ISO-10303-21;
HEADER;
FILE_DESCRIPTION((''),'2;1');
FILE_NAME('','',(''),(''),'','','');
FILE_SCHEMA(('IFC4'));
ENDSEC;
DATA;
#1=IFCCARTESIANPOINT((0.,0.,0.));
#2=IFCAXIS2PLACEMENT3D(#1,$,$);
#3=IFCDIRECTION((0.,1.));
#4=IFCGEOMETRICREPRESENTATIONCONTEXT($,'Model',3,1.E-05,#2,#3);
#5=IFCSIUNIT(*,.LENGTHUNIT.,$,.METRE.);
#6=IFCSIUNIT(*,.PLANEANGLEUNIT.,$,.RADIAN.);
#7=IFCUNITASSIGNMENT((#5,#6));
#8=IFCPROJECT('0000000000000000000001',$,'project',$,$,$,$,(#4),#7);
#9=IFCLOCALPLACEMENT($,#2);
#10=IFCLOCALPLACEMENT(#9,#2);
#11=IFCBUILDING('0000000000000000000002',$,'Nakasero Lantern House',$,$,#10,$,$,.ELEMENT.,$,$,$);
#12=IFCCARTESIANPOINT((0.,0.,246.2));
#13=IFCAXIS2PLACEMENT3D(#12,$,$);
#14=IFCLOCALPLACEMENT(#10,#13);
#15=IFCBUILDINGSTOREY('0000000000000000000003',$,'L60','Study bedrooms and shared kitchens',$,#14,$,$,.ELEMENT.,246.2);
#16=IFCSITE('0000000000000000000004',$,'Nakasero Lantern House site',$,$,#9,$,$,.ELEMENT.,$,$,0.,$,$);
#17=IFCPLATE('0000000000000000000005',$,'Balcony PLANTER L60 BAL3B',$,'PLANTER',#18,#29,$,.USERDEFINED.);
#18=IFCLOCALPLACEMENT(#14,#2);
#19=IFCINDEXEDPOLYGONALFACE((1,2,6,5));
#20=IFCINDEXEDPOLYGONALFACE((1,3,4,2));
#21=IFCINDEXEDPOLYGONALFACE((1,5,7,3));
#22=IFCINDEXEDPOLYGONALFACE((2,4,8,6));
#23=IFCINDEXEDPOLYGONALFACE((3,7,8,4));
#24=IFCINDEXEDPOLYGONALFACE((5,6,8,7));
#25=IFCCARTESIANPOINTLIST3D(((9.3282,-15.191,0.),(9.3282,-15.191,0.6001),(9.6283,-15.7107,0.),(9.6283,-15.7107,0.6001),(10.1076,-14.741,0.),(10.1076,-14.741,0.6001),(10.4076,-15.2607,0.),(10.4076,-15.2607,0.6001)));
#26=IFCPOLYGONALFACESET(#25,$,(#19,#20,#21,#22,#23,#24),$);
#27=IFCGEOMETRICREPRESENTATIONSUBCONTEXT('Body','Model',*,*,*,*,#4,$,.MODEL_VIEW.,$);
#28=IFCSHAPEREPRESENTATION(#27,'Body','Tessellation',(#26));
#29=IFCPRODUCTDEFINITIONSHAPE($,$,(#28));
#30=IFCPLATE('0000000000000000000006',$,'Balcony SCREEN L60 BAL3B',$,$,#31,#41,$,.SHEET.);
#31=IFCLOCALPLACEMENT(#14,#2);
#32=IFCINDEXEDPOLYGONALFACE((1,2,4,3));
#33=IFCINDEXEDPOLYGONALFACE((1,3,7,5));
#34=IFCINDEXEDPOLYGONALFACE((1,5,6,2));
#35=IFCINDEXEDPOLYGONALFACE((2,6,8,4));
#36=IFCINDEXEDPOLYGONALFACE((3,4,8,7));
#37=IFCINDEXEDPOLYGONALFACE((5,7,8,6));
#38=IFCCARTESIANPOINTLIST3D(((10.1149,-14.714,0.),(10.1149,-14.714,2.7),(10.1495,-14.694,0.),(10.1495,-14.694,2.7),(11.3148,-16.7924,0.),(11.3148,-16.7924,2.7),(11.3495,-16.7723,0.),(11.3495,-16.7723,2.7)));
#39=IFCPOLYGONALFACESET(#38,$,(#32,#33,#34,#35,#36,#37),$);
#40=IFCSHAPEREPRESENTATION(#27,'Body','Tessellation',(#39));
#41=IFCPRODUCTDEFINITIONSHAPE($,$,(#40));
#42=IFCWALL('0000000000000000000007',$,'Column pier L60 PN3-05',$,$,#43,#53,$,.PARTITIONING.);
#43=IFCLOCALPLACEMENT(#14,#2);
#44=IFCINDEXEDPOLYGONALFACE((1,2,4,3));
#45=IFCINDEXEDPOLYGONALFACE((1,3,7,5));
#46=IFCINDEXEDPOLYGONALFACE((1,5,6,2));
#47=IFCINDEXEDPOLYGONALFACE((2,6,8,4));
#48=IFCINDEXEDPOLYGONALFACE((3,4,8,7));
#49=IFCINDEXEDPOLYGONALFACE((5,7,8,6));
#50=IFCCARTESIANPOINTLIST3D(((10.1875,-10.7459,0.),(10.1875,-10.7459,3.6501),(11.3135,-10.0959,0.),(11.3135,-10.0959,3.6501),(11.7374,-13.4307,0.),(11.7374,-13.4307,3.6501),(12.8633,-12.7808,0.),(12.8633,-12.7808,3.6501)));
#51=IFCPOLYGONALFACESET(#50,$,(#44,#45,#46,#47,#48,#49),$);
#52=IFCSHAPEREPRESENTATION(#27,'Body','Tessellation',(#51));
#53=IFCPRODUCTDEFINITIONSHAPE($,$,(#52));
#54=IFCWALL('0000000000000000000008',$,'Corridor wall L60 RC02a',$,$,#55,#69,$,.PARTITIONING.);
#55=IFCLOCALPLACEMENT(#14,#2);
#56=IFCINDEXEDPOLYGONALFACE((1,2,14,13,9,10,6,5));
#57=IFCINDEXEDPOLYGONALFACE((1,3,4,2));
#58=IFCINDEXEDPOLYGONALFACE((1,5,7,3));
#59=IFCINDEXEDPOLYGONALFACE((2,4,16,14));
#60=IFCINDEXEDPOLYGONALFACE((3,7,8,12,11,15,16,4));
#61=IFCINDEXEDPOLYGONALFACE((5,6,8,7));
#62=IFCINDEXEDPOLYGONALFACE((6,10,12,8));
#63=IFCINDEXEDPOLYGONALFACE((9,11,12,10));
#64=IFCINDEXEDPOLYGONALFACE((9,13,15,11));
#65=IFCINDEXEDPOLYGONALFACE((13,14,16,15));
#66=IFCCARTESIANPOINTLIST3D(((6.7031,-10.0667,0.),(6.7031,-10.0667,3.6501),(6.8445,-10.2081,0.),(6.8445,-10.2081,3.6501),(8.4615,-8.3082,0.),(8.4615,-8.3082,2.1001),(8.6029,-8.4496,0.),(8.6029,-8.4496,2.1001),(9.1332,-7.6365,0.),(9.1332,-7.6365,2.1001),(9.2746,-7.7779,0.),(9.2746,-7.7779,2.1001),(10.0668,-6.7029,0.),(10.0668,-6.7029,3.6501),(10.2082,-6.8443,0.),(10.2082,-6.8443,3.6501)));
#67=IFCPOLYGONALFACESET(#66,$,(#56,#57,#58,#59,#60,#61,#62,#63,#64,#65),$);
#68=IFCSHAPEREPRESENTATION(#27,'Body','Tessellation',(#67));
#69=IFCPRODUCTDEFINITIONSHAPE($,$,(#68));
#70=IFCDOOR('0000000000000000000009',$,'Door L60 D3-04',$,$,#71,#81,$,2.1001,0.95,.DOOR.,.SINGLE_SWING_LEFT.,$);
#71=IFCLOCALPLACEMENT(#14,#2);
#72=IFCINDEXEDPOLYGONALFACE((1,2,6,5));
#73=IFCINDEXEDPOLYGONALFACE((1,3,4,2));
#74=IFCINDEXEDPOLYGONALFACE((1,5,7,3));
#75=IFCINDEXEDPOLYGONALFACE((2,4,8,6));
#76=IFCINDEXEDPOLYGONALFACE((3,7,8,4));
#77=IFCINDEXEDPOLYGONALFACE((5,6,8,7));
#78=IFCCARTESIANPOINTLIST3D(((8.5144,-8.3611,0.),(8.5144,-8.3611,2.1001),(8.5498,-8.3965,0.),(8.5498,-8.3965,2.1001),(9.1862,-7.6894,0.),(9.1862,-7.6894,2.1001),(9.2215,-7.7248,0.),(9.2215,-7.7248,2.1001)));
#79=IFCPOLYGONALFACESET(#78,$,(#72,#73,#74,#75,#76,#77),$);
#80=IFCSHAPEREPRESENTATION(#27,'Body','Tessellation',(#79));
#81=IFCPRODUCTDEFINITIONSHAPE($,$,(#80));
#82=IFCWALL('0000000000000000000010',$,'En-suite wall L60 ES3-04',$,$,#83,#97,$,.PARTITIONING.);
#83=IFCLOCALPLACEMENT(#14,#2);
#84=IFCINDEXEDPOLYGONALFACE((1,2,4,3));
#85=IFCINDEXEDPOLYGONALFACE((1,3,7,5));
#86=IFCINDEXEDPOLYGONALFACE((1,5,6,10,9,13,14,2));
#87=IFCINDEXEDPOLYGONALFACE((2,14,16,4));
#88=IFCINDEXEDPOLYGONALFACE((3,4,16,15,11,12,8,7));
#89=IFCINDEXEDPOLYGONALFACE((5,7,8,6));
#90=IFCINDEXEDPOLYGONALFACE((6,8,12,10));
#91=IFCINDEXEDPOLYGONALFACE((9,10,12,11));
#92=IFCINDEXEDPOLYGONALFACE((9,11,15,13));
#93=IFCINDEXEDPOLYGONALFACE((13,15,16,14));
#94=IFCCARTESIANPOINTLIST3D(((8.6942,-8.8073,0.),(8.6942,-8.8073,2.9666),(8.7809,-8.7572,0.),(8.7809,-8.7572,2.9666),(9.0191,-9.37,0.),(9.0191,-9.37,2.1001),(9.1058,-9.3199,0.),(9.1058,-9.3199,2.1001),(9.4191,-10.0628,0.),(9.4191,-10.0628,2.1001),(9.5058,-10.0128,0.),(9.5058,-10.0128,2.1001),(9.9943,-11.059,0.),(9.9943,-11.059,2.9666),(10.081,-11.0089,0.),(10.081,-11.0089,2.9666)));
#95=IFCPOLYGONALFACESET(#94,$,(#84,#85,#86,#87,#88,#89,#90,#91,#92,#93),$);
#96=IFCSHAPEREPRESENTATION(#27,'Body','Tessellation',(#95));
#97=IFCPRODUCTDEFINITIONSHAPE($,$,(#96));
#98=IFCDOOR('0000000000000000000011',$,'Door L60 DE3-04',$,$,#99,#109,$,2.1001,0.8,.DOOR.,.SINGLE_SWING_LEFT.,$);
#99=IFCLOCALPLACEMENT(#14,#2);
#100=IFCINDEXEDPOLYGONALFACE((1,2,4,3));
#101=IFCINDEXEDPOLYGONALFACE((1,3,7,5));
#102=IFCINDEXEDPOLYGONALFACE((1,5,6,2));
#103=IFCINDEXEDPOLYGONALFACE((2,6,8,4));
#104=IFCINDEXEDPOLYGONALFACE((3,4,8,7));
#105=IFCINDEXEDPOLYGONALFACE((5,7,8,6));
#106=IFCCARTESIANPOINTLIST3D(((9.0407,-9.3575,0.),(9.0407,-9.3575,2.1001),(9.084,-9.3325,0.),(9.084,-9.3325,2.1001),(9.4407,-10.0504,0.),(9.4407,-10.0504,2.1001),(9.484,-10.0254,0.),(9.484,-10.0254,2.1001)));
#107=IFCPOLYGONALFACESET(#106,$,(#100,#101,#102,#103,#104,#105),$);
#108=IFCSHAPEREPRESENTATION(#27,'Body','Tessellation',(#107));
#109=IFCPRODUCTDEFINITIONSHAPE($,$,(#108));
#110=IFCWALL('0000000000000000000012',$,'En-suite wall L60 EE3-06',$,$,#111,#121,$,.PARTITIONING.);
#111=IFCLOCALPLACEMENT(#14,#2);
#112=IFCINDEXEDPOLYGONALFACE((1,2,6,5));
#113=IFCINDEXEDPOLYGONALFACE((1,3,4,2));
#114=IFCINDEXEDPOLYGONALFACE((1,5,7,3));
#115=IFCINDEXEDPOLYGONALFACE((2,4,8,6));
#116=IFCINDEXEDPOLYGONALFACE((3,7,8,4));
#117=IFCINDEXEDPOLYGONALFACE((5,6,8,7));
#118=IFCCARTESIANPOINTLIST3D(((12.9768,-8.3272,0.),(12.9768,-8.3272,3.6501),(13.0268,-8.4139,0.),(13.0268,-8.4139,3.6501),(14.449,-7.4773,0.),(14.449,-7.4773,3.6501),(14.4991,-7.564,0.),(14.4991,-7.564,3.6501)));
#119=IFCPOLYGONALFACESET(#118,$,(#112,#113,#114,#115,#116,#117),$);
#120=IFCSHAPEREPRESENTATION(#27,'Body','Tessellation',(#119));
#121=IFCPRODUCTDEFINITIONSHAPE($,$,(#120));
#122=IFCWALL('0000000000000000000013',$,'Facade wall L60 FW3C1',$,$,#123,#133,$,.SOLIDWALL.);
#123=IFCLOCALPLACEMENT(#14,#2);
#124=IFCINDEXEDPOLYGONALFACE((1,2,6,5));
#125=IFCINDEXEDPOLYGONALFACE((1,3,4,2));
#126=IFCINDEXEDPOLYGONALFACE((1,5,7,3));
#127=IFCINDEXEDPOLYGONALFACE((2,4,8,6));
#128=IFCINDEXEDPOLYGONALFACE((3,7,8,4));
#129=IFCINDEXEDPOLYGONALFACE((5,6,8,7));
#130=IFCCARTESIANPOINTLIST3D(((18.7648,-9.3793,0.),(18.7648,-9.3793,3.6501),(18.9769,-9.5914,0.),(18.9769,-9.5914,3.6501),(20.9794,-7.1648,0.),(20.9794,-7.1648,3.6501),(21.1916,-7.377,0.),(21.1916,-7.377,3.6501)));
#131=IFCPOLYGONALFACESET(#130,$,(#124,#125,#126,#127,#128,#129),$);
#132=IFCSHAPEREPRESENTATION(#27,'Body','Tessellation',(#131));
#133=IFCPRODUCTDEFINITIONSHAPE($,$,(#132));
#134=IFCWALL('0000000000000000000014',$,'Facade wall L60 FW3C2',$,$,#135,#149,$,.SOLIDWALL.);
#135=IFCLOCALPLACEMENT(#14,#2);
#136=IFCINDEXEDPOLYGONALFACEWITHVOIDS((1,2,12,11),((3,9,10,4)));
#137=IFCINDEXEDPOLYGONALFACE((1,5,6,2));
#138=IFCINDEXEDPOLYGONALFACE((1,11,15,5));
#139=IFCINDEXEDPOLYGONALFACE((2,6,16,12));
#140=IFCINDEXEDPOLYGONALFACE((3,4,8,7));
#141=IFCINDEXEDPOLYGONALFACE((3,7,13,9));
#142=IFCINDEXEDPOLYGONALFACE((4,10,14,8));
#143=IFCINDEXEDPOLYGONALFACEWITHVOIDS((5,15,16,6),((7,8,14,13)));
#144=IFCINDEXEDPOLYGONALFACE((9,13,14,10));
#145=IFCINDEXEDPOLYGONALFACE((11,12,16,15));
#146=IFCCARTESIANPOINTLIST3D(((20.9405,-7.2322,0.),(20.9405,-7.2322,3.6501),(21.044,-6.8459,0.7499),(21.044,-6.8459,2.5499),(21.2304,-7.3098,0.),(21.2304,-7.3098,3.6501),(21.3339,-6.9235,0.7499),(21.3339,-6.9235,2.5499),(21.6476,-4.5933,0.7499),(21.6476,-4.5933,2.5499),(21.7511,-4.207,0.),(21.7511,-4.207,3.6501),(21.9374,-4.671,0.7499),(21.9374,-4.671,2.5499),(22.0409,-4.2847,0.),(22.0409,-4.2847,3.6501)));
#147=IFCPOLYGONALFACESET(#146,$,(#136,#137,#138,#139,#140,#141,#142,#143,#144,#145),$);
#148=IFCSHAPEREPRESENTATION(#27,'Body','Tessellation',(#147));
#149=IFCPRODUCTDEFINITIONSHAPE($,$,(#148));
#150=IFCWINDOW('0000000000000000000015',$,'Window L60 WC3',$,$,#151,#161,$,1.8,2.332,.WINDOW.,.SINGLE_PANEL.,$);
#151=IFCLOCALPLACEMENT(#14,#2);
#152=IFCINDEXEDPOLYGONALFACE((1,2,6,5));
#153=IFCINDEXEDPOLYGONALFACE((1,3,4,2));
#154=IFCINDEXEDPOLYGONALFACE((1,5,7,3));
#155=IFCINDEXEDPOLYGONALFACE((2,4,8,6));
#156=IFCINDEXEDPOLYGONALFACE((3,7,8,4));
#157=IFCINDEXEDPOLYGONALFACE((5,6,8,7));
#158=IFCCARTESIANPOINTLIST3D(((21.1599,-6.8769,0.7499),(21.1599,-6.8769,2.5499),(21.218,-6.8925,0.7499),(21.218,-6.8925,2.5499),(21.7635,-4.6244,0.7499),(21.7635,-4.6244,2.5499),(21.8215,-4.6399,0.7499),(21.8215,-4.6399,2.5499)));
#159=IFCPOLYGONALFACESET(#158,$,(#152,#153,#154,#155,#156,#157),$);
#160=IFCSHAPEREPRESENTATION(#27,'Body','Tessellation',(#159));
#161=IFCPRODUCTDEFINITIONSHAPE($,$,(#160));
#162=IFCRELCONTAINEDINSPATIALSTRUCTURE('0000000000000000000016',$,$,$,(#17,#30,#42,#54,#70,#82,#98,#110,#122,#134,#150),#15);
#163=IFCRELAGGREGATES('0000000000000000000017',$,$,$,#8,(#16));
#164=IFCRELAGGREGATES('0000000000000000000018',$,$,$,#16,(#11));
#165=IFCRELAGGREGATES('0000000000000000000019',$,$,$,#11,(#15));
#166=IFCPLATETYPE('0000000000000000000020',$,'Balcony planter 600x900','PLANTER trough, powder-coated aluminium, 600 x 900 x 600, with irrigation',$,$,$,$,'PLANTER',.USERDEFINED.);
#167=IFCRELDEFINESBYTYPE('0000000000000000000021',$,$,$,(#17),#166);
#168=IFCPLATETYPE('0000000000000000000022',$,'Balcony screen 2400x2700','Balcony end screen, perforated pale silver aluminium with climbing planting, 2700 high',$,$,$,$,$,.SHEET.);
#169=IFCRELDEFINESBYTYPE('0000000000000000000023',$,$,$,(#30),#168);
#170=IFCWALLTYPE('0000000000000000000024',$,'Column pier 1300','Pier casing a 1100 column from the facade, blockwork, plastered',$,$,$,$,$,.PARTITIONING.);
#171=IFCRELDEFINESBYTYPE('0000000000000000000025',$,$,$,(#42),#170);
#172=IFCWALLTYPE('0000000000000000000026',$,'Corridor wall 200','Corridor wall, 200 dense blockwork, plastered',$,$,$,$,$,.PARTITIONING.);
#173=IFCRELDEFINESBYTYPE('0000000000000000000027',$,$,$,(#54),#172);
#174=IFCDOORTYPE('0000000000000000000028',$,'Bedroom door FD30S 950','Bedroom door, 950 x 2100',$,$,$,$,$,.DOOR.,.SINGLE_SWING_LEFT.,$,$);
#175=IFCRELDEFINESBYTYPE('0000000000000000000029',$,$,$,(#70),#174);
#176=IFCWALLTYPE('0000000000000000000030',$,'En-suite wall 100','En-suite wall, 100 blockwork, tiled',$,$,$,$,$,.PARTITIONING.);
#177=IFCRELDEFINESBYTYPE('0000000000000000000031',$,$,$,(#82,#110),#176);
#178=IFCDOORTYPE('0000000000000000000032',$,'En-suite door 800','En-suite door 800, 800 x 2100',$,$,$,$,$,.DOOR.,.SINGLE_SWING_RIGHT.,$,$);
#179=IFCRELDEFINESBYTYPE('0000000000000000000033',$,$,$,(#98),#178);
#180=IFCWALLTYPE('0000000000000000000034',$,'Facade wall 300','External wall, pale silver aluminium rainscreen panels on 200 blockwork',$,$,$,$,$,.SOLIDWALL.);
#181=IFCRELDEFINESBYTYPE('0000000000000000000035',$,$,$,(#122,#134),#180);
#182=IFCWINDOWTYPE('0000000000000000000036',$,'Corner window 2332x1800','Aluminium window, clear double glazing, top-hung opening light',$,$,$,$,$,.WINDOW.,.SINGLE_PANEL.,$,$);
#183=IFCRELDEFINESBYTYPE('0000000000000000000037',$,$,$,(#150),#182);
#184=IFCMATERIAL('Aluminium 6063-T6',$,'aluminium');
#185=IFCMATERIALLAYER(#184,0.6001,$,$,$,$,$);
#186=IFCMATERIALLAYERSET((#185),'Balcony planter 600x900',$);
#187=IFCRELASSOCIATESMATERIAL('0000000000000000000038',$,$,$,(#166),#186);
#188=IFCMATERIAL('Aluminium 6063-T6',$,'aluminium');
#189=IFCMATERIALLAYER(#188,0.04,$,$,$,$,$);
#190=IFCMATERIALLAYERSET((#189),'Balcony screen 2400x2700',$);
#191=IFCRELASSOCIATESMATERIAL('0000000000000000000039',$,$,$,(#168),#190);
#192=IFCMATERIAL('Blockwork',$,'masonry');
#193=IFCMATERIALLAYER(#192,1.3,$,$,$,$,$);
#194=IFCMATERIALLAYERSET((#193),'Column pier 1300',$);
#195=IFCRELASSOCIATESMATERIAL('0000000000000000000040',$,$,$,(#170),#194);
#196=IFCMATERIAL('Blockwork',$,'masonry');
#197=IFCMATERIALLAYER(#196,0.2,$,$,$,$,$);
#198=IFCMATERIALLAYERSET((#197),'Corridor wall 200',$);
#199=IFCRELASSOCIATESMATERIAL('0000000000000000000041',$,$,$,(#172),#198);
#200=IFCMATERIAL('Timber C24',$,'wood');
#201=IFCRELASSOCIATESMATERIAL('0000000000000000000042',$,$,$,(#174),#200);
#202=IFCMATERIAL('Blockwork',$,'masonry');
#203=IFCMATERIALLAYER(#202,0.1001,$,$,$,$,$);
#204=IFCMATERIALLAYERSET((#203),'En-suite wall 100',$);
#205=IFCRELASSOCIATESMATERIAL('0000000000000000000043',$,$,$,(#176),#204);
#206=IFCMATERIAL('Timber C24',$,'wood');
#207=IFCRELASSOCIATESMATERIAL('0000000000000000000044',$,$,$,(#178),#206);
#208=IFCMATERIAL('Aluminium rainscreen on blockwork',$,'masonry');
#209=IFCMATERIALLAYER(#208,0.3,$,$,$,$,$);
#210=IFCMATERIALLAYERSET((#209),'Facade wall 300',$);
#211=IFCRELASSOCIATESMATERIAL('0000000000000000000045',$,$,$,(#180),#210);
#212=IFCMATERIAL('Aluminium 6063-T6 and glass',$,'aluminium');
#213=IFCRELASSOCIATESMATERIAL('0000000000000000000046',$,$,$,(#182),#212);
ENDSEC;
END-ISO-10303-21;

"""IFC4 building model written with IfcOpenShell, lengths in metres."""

from ifc_helpers import new_model, si_unit, direction, frame, frame_2d, origin, origin_2d, place, context, subcontext, project, spatial, rectangle, extrude, material, layer, layer_set, type_object, element, fill, save


model = new_model("IFC4")

# Units and contexts
model_context = context("Model", 3, precision=1e-05, world=origin(), true_north=direction((0.0, 1.0)))
body_context = subcontext(model_context, "Body", "Model", "MODEL_VIEW")
ifc_project = project(units=[si_unit("LENGTHUNIT", "METRE"), si_unit("PLANEANGLEUNIT", "RADIAN")], contexts=[model_context])

# Site, building, storey
site_placement = place(None, origin())
site = spatial("IfcSite", under=ifc_project, at=site_placement, Name="Nakasero Lantern House site", CompositionType="ELEMENT", RefElevation=0.0)
building_placement = place(site_placement, origin())
building = spatial("IfcBuilding", under=site, at=building_placement, Name="Nakasero Lantern House", CompositionType="ELEMENT")
storey_placement = place(building_placement, frame((0.0, 0.0, 246.2)))
storey = spatial("IfcBuildingStorey", under=building, at=storey_placement, Name="L60", Description="Study bedrooms and shared kitchens", CompositionType="ELEMENT", Elevation=246.2)

# Plates
ifc_material_1 = material(Name="Aluminium 6063-T6", Category="aluminium")
ifc_layer_1 = layer(ifc_material_1, 0.6001)
ifc_layer_set_1 = layer_set([ifc_layer_1], Name="Balcony planter 600x900")
plate_type_1 = type_object("IfcPlateType", Name="Balcony planter 600x900", Description="PLANTER trough, powder-coated aluminium, 600 x 900 x 600, with irrigation", ElementType="PLANTER", PredefinedType="USERDEFINED", material=ifc_layer_set_1)
plate_1_placement = place(storey_placement, frame((9.8679, -15.2258, 0.0), z_axis=(0.0, 0.0, 1.0), x_axis=(0.5, -0.866025, 0.0)))
element("IfcPlate", 1, at=plate_1_placement, inside=storey, type_object=plate_type_1, Name="Balcony PLANTER L60 BAL3B", ObjectType="PLANTER", PredefinedType="USERDEFINED", context=body_context, shape_type="SweptSolid", body=[
    extrude(rectangle(XDim=0.6001, YDim=0.8999, at=origin_2d()), origin(), (0.0, 0.0, 1.0), 0.6001),
])
ifc_material_2 = material(Name="Aluminium 6063-T6", Category="aluminium")
ifc_layer_2 = layer(ifc_material_2, 0.04)
ifc_layer_set_2 = layer_set([ifc_layer_2], Name="Balcony screen 2400x2700")
plate_type_2 = type_object("IfcPlateType", Name="Balcony screen 2400x2700", Description="Balcony end screen, perforated pale silver aluminium with climbing planting, 2700 high", PredefinedType="SHEET", material=ifc_layer_set_2)
plate_2_placement = place(storey_placement, frame((10.7322, -15.7432, 0.0), z_axis=(0.0, 0.0, 1.0), x_axis=(0.5, -0.866025, 0.0)))
element("IfcPlate", 2, at=plate_2_placement, inside=storey, type_object=plate_type_2, Name="Balcony SCREEN L60 BAL3B", PredefinedType="SHEET", context=body_context, shape_type="SweptSolid", body=[
    extrude(rectangle(XDim=2.3999, YDim=0.04, at=origin_2d()), origin(), (0.0, 0.0, 1.0), 2.7),
])

# Wall
ifc_material_3 = material(Name="Blockwork", Category="masonry")
ifc_layer_3 = layer(ifc_material_3, 1.3)
ifc_layer_set_3 = layer_set([ifc_layer_3], Name="Column pier 1300")
wall_type_1 = type_object("IfcWallType", Name="Column pier 1300", Description="Pier casing a 1100 column from the facade, blockwork, plastered", PredefinedType="PARTITIONING", material=ifc_layer_set_3)
wall_1_placement = place(storey_placement, frame((10.7505, -10.4209, 0.0), z_axis=(0.0, 0.0, 1.0), x_axis=(0.499934, -0.866064, 0.0)))
element("IfcWall", 3, at=wall_1_placement, inside=storey, type_object=wall_type_1, Name="Column pier L60 PN3-05", PredefinedType="PARTITIONING", context=body_context, shape_type="SweptSolid", body=[
    extrude(rectangle(XDim=3.1001, YDim=1.3, at=frame_2d((1.55, 0.0))), origin(), (0.0, 0.0, 1.0), 3.6501),
])

# Walls, openings, doors
ifc_material_4 = material(Name="Blockwork", Category="masonry")
ifc_layer_4 = layer(ifc_material_4, 0.2)
ifc_layer_set_4 = layer_set([ifc_layer_4], Name="Corridor wall 200")
wall_type_2 = type_object("IfcWallType", Name="Corridor wall 200", Description="Corridor wall, 200 dense blockwork, plastered", PredefinedType="PARTITIONING", material=ifc_layer_set_4)
wall_2_placement = place(storey_placement, frame((10.1375, -6.7737, 0.0), z_axis=(0.0, 0.0, 1.0), x_axis=(-0.707107, -0.707107, 0.0)))
wall_2 = element("IfcWall", 4, at=wall_2_placement, inside=storey, type_object=wall_type_2, Name="Corridor wall L60 RC02a", PredefinedType="PARTITIONING", context=body_context, shape_type="SweptSolid", body=[
    extrude(rectangle(XDim=4.7571, YDim=0.2, at=frame_2d((2.3784, 0.0))), origin(), (0.0, 0.0, 1.0), 3.6501),
])
opening_1_placement = place(wall_2_placement, frame((1.3201, 0.0, 0.0)))
opening_1 = element("IfcOpeningElement", 5, at=opening_1_placement, cuts=wall_2, PredefinedType="OPENING", context=body_context, shape_type="SweptSolid", body=[
    extrude(rectangle(XDim=0.95, YDim=2.1001, at=frame_2d((0.4751, 1.05))), frame((0.0, 0.1199, 0.0), z_axis=(0.0, -1.0, 0.0), x_axis=(1.0, 0.0, 0.0)), (0.0, 0.0, 1.0), 0.24),
])
ifc_material_5 = material(Name="Timber C24", Category="wood")
door_type_1 = type_object("IfcDoorType", Name="Bedroom door FD30S 950", Description="Bedroom door, 950 x 2100", OperationType="SINGLE_SWING_LEFT", PredefinedType="DOOR", material=ifc_material_5)
door_1_placement = place(opening_1_placement, origin())
door_1 = element("IfcDoor", 6, at=door_1_placement, inside=storey, type_object=door_type_1, Name="Door L60 D3-04", OperationType="SINGLE_SWING_LEFT", OverallHeight=2.1001, OverallWidth=0.95, PredefinedType="DOOR", context=body_context, shape_type="SweptSolid", body=[
    extrude(rectangle(XDim=0.95, YDim=2.1001, at=frame_2d((0.4751, 1.05))), frame((0.0, 0.0249, 0.0), z_axis=(0.0, -1.0, 0.0), x_axis=(1.0, 0.0, 0.0)), (0.0, 0.0, 1.0), 0.05),
])
fill(opening_1, door_1)
ifc_material_6 = material(Name="Blockwork", Category="masonry")
ifc_layer_5 = layer(ifc_material_6, 0.1001)
ifc_layer_set_5 = layer_set([ifc_layer_5], Name="En-suite wall 100")
wall_type_3 = type_object("IfcWallType", Name="En-suite wall 100", Description="En-suite wall, 100 blockwork, tiled", PredefinedType="PARTITIONING", material=ifc_layer_set_5)
wall_3_placement = place(storey_placement, frame((8.7375, -8.7822, 0.0), z_axis=(0.0, 0.0, 1.0), x_axis=(0.500007, -0.866021, 0.0)))
wall_3 = element("IfcWall", 7, at=wall_3_placement, inside=storey, type_object=wall_type_3, Name="En-suite wall L60 ES3-04", PredefinedType="PARTITIONING", context=body_context, shape_type="SweptSolid", body=[
    extrude(rectangle(XDim=2.6001, YDim=0.1001, at=frame_2d((1.3, 0.0))), origin(), (0.0, 0.0, 1.0), 2.9666),
])
opening_2_placement = place(wall_3_placement, frame((0.6499, 0.0, 0.0)))
opening_2 = element("IfcOpeningElement", 8, at=opening_2_placement, cuts=wall_3, PredefinedType="OPENING", context=body_context, shape_type="SweptSolid", body=[
    extrude(rectangle(XDim=0.8, YDim=2.1001, at=frame_2d((0.3999, 1.05))), frame((0.0, 0.0701, 0.0), z_axis=(0.0, -1.0, 0.0), x_axis=(1.0, 0.0, 0.0)), (0.0, 0.0, 1.0), 0.1401),
])
ifc_material_7 = material(Name="Timber C24", Category="wood")
door_type_2 = type_object("IfcDoorType", Name="En-suite door 800", Description="En-suite door 800, 800 x 2100", OperationType="SINGLE_SWING_RIGHT", PredefinedType="DOOR", material=ifc_material_7)
door_2_placement = place(opening_2_placement, origin())
door_2 = element("IfcDoor", 9, at=door_2_placement, inside=storey, type_object=door_type_2, Name="Door L60 DE3-04", OperationType="SINGLE_SWING_LEFT", OverallHeight=2.1001, OverallWidth=0.8, PredefinedType="DOOR", context=body_context, shape_type="SweptSolid", body=[
    extrude(rectangle(XDim=0.8, YDim=2.1001, at=frame_2d((0.3999, 1.05))), frame((0.0, 0.0249, 0.0), z_axis=(0.0, -1.0, 0.0), x_axis=(1.0, 0.0, 0.0)), (0.0, 0.0, 1.0), 0.05),
])
fill(opening_2, door_2)

# Walls
wall_4_placement = place(storey_placement, frame((13.0017, -8.3706, 0.0), z_axis=(0.0, 0.0, 1.0), x_axis=(0.866052, 0.499955, 0.0)))
element("IfcWall", 10, at=wall_4_placement, inside=storey, type_object=wall_type_3, Name="En-suite wall L60 EE3-06", PredefinedType="PARTITIONING", context=body_context, shape_type="SweptSolid", body=[
    extrude(rectangle(XDim=1.7, YDim=0.1001, at=frame_2d((0.8501, 0.0))), origin(), (0.0, 0.0, 1.0), 3.6501),
])
ifc_material_8 = material(Name="Aluminium rainscreen on blockwork", Category="masonry")
ifc_layer_6 = layer(ifc_material_8, 0.3)
ifc_layer_set_6 = layer_set([ifc_layer_6], Name="Facade wall 300")
wall_type_4 = type_object("IfcWallType", Name="Facade wall 300", Description="External wall, pale silver aluminium rainscreen panels on 200 blockwork", PredefinedType="SOLIDWALL", material=ifc_layer_set_6)
wall_5_placement = place(storey_placement, frame((18.8708, -9.4854, 0.0), z_axis=(0.0, 0.0, 1.0), x_axis=(0.707146, 0.707068, 0.0)))
element("IfcWall", 11, at=wall_5_placement, inside=storey, type_object=wall_type_4, Name="Facade wall L60 FW3C1", PredefinedType="SOLIDWALL", context=body_context, shape_type="SweptSolid", body=[
    extrude(rectangle(XDim=3.1318, YDim=0.3, at=frame_2d((1.5659, 0.0))), origin(), (0.0, 0.0, 1.0), 3.6501),
])

# Wall, opening, window
wall_6_placement = place(storey_placement, frame((21.0854, -7.271, 0.0), z_axis=(0.0, 0.0, 1.0), x_axis=(0.258808, 0.965929, 0.0)))
wall_6 = element("IfcWall", 12, at=wall_6_placement, inside=storey, type_object=wall_type_4, Name="Facade wall L60 FW3C2", PredefinedType="SOLIDWALL", context=body_context, shape_type="SweptSolid", body=[
    extrude(rectangle(XDim=3.1318, YDim=0.3, at=frame_2d((1.5659, 0.0))), origin(), (0.0, 0.0, 1.0), 3.6501),
])
opening_3_placement = place(wall_6_placement, frame((0.3999, 0.0, 0.75)))
opening_3 = element("IfcOpeningElement", 13, at=opening_3_placement, cuts=wall_6, PredefinedType="OPENING", context=body_context, shape_type="SweptSolid", body=[
    extrude(rectangle(XDim=2.332, YDim=1.8, at=frame_2d((1.166, 0.8999))), frame((0.0, 0.1699, 0.0), z_axis=(0.0, -1.0, 0.0), x_axis=(1.0, 0.0, 0.0)), (0.0, 0.0, 1.0), 0.3401),
])
ifc_material_9 = material(Name="Aluminium 6063-T6 and glass", Category="aluminium")
window_type = type_object("IfcWindowType", Name="Corner window 2332x1800", Description="Aluminium window, clear double glazing, top-hung opening light", PartitioningType="SINGLE_PANEL", PredefinedType="WINDOW", material=ifc_material_9)
window_placement = place(opening_3_placement, origin())
window = element("IfcWindow", 14, at=window_placement, inside=storey, type_object=window_type, Name="Window L60 WC3", OverallHeight=1.8, OverallWidth=2.332, PartitioningType="SINGLE_PANEL", PredefinedType="WINDOW", context=body_context, shape_type="SweptSolid", body=[
    extrude(rectangle(XDim=2.332, YDim=1.8, at=frame_2d((1.166, 0.8999))), frame((0.0, 0.03, 0.0), z_axis=(0.0, -1.0, 0.0), x_axis=(1.0, 0.0, 0.0)), (0.0, 0.0, 1.0), 0.0601),
])
fill(opening_3, window)

save(model, "model.ifc")
